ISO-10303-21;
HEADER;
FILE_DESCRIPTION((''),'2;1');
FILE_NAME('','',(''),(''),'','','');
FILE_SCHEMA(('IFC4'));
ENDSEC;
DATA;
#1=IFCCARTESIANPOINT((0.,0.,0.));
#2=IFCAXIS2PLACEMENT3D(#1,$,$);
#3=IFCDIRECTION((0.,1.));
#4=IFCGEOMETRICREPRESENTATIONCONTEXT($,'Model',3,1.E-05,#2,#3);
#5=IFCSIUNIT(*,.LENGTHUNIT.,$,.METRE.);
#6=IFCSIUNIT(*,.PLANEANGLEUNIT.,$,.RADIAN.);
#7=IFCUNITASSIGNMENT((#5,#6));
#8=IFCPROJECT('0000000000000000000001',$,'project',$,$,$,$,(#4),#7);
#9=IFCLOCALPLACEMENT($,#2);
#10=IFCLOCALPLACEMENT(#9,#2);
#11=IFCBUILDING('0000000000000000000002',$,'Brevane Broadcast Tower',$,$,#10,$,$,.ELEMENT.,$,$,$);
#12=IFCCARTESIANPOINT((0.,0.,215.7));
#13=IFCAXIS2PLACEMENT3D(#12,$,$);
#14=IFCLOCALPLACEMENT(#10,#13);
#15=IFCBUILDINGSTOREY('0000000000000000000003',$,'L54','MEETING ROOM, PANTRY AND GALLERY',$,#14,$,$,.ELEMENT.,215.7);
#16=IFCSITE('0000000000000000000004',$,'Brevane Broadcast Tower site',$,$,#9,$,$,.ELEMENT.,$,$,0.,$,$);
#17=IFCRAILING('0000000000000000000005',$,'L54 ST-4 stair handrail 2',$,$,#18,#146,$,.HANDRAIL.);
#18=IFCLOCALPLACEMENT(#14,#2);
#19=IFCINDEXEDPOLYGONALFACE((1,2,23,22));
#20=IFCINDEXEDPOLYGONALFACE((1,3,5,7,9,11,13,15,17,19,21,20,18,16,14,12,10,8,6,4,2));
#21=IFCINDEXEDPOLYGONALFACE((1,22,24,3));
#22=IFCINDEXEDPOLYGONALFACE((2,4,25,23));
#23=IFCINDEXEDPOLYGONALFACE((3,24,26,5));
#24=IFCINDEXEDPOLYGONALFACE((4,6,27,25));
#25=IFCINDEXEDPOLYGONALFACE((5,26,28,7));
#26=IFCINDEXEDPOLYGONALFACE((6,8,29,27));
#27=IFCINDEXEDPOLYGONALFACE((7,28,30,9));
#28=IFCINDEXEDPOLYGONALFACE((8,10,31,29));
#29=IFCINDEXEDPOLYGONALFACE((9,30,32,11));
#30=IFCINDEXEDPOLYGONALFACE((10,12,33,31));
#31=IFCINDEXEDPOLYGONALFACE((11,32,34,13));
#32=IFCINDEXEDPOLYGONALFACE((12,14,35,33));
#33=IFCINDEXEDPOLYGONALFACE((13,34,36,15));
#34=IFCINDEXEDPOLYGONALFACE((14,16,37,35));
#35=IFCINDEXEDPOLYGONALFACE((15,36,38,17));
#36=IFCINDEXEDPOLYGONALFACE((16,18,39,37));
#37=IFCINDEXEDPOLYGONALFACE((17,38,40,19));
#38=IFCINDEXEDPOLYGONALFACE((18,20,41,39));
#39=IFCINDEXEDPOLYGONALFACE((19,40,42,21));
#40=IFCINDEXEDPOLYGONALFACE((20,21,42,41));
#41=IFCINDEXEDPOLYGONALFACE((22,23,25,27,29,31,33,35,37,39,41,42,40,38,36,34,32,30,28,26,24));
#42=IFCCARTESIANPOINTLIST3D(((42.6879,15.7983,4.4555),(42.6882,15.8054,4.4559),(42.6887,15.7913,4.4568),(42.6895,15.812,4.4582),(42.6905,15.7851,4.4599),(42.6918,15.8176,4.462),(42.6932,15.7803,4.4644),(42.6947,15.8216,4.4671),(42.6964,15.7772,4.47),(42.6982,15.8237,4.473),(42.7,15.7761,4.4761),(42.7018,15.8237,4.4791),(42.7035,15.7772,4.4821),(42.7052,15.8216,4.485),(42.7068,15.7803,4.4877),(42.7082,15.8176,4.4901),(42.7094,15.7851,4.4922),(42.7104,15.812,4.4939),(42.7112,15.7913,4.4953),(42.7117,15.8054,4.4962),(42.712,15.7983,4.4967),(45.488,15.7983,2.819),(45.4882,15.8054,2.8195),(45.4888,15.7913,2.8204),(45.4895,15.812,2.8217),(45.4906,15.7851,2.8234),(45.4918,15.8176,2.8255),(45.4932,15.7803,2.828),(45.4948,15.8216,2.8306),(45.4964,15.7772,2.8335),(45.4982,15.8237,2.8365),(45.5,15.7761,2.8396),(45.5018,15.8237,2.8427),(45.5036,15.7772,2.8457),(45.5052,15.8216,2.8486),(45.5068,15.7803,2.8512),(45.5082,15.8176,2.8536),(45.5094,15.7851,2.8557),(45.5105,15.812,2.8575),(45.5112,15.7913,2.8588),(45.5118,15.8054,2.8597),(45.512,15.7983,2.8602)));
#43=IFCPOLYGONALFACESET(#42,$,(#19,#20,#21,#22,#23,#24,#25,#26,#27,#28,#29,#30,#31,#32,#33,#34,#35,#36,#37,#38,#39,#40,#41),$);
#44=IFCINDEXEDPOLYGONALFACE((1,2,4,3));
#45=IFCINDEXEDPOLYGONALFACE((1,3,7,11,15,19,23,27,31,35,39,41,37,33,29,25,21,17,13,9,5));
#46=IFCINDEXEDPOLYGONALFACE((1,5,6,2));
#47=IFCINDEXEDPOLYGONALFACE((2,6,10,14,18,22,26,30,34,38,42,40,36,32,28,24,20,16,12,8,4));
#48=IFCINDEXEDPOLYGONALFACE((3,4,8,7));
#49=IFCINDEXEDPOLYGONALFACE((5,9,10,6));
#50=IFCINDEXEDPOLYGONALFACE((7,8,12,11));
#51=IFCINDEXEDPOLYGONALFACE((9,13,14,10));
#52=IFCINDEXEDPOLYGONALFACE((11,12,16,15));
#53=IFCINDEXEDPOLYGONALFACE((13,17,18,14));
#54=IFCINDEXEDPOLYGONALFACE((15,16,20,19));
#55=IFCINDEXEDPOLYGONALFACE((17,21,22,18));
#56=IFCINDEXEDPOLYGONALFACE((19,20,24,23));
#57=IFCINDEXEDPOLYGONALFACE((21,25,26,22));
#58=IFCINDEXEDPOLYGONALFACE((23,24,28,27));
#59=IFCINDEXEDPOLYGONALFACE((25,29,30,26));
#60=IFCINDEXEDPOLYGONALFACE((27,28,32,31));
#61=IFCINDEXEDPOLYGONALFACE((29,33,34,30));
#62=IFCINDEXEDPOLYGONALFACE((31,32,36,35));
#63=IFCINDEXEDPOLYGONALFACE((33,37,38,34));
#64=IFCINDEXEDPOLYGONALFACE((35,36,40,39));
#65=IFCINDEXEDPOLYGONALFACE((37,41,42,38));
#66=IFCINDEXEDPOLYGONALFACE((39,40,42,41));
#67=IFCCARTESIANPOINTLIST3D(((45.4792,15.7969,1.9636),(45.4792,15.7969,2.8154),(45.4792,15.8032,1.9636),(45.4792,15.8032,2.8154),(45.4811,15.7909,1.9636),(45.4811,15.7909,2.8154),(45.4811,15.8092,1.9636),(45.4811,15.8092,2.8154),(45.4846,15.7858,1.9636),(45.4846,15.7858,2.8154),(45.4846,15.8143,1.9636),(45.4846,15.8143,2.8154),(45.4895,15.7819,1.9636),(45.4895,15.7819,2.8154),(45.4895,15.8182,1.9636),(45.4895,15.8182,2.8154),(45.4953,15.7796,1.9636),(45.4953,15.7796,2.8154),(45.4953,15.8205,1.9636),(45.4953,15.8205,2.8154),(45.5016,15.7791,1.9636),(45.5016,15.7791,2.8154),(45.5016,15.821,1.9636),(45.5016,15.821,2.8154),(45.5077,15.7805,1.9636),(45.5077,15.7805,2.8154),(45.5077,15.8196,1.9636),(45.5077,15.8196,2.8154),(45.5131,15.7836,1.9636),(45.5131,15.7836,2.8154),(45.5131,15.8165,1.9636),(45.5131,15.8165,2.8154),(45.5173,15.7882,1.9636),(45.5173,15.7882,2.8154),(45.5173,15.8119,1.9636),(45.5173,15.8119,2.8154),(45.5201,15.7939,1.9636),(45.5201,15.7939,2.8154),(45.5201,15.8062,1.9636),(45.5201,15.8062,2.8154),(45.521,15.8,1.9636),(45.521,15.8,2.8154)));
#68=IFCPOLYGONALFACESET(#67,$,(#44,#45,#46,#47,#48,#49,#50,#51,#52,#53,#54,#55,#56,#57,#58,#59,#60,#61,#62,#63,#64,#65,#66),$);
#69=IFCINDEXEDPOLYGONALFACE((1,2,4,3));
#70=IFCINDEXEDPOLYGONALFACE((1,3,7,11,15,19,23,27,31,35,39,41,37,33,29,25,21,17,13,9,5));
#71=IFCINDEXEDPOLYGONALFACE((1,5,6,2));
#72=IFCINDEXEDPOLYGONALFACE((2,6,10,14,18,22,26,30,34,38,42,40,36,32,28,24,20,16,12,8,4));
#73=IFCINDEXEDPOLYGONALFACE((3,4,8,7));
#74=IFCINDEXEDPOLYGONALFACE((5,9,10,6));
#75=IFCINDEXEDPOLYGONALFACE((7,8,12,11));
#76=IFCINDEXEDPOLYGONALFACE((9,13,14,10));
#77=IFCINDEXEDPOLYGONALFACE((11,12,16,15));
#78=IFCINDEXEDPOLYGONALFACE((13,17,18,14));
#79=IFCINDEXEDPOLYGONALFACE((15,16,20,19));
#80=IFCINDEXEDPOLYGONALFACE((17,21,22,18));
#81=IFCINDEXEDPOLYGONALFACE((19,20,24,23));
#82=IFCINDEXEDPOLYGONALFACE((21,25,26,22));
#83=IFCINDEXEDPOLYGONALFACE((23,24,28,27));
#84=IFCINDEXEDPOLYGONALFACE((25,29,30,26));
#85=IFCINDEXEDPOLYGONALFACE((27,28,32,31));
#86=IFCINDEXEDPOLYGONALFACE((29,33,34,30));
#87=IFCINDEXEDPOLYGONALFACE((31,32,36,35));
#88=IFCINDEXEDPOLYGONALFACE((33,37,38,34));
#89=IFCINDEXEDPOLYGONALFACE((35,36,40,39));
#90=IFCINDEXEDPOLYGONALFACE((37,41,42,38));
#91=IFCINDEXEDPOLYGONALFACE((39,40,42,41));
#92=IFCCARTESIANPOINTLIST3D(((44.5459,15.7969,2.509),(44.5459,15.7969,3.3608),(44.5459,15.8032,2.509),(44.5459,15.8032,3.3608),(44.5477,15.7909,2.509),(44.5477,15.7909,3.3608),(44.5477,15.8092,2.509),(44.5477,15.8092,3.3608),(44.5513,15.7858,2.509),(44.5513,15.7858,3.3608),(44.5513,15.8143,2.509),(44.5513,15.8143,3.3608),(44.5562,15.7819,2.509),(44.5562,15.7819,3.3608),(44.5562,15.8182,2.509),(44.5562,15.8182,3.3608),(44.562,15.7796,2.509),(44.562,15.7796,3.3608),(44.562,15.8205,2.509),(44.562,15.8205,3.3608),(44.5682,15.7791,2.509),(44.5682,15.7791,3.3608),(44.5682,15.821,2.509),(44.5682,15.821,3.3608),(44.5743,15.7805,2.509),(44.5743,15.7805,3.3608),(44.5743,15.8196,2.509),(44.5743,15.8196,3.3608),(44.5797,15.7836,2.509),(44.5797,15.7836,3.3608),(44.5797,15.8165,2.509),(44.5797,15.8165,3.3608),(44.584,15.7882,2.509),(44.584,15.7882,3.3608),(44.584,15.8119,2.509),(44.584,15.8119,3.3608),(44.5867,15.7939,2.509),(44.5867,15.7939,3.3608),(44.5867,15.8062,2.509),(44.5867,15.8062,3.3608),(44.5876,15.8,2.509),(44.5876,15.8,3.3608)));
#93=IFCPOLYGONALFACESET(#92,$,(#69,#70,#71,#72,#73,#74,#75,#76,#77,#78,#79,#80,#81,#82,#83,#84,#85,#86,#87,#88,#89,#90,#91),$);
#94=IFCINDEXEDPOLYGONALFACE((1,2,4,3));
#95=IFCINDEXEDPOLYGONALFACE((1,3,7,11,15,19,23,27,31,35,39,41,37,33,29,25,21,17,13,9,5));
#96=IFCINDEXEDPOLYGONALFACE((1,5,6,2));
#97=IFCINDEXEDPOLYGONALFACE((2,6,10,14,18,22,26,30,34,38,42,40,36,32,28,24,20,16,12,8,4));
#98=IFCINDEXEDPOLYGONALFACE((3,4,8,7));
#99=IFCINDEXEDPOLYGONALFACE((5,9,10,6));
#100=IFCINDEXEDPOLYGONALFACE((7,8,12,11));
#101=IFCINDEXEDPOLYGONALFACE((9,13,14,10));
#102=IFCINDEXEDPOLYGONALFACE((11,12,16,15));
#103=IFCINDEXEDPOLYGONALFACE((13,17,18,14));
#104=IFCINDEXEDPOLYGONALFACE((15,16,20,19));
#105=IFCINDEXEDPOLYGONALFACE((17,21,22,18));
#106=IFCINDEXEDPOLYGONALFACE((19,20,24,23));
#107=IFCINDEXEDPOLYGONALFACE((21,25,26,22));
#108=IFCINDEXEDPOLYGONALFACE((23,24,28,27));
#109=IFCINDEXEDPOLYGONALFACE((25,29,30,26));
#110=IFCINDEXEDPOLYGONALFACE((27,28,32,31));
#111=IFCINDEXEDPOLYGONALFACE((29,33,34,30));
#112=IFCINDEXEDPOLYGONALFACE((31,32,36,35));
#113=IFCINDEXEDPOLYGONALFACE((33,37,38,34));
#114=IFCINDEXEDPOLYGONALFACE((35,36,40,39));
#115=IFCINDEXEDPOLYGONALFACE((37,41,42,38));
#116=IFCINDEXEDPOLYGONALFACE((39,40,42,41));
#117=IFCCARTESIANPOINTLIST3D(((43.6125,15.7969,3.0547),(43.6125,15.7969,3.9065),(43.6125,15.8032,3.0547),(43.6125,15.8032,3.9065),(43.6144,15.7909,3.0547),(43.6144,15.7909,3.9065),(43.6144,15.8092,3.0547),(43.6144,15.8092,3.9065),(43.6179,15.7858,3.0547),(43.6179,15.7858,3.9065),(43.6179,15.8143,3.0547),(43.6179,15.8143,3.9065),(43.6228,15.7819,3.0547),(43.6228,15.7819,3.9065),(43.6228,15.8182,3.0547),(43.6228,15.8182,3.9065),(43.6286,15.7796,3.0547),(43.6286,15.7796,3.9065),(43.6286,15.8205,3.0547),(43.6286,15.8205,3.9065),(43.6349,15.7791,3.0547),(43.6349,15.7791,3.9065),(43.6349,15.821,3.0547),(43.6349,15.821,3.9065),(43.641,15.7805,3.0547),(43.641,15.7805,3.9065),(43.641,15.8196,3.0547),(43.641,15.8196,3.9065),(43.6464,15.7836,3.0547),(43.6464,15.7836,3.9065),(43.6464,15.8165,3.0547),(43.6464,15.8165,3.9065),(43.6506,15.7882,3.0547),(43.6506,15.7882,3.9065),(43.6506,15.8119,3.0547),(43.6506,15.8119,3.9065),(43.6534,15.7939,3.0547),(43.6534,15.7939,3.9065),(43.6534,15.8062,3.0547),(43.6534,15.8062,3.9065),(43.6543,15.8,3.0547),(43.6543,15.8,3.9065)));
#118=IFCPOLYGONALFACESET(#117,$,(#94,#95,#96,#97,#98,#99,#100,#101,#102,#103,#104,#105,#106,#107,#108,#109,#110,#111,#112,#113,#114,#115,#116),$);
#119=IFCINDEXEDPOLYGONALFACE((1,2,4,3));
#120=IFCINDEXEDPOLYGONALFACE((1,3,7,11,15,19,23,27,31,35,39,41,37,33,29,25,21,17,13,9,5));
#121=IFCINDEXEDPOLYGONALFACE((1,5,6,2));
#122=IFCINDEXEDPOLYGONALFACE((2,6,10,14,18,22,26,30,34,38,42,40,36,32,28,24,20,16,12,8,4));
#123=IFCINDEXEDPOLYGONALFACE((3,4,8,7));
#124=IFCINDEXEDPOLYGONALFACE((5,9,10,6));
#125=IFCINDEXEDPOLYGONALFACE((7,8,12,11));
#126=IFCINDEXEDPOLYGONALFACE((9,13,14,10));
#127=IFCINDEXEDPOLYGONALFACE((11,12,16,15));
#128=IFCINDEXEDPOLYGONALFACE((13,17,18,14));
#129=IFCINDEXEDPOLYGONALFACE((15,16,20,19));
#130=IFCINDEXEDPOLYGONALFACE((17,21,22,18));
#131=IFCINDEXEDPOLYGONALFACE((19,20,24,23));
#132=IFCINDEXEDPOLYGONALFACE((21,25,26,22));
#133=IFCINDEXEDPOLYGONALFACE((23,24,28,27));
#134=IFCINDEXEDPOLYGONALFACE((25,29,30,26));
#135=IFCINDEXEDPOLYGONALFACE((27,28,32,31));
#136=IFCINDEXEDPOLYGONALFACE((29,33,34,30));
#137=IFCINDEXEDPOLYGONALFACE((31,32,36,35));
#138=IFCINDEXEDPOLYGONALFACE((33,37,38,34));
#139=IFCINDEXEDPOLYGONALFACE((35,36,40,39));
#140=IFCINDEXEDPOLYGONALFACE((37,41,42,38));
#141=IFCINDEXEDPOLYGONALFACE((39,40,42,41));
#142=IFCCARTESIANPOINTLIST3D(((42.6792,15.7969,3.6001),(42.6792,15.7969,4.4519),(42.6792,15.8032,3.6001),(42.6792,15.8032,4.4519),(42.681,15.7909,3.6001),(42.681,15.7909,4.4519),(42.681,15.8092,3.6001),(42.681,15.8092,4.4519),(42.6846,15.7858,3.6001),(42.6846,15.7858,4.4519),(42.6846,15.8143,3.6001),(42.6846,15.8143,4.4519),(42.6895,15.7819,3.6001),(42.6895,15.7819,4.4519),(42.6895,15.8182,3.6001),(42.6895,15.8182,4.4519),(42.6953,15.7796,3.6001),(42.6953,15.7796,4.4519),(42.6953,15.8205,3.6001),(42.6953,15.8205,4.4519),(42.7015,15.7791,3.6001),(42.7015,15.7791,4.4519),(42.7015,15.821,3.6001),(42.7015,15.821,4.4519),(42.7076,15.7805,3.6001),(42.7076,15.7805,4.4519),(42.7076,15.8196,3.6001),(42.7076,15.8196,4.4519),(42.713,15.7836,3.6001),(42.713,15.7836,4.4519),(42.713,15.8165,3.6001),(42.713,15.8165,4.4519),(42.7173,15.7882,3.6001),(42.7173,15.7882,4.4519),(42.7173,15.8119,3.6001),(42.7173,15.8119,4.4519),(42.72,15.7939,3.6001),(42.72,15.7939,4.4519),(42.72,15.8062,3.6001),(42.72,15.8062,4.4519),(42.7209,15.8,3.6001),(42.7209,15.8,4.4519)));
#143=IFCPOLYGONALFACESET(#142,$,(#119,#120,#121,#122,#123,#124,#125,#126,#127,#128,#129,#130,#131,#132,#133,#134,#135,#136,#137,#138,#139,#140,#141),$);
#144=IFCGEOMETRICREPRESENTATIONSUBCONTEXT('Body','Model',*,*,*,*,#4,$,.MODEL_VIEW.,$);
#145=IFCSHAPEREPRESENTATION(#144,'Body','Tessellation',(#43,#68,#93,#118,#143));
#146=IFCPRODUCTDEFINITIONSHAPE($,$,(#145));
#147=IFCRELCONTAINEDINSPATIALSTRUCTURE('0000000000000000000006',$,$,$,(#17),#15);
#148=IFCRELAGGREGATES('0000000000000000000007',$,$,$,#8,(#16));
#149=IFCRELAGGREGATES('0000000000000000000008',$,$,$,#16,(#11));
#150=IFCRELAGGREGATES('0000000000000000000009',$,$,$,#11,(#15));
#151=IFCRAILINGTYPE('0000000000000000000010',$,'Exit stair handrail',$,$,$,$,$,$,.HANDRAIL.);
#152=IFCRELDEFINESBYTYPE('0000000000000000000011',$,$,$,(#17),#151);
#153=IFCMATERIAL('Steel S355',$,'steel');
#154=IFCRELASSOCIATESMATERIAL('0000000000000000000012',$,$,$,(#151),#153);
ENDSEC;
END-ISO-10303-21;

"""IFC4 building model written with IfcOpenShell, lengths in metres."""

from ifc_helpers import new_model, si_unit, direction, frame, origin, origin_2d, place, context, subcontext, project, spatial, circle, extrude, material, type_object, element, save


model = new_model("IFC4")

# Units and contexts
model_context = context("Model", 3, precision=1e-05, world=origin(), true_north=direction((0.0, 1.0)))
body_context = subcontext(model_context, "Body", "Model", "MODEL_VIEW")
ifc_project = project(units=[si_unit("LENGTHUNIT", "METRE"), si_unit("PLANEANGLEUNIT", "RADIAN")], contexts=[model_context])

# Site, building, storey
site_placement = place(None, origin())
site = spatial("IfcSite", under=ifc_project, at=site_placement, Name="Brevane Broadcast Tower site", CompositionType="ELEMENT", RefElevation=0.0)
building_placement = place(site_placement, origin())
building = spatial("IfcBuilding", under=site, at=building_placement, Name="Brevane Broadcast Tower", CompositionType="ELEMENT")
storey_placement = place(building_placement, frame((0.0, 0.0, 215.7)))
storey = spatial("IfcBuildingStorey", under=building, at=storey_placement, Name="L54", Description="MEETING ROOM, PANTRY AND GALLERY", CompositionType="ELEMENT", Elevation=215.7)

# Railing
ifc_material_1 = material(Name="Steel S355", Category="steel")
railing_type_1 = type_object("IfcRailingType", Name="Exit stair handrail", PredefinedType="HANDRAIL", material=ifc_material_1)
railing_1_placement = place(storey_placement, frame((45.5, 15.8, 1.9636)))
element("IfcRailing", 1, at=railing_1_placement, inside=storey, type_object=railing_type_1, Name="L54 ST-4 stair handrail 2", PredefinedType="HANDRAIL", context=body_context, shape_type="SweptSolid", body=[
    extrude(circle(Radius=0.0239, at=origin_2d()), frame((0.0, 0.0, 0.876), z_axis=(-0.863361, 0.0, 0.504587), x_axis=(0.0, -1.0, 0.0)), (0.0, 0.0, 1.0), 3.2432),
    extrude(circle(Radius=0.021, at=origin_2d()), origin(), (0.0, 0.0, 1.0), 0.8518),
    extrude(circle(Radius=0.021, at=origin_2d()), frame((-0.9333, 0.0, 0.5454)), (0.0, 0.0, 1.0), 0.8518),
    extrude(circle(Radius=0.021, at=origin_2d()), frame((-1.8667, 0.0, 1.0911)), (0.0, 0.0, 1.0), 0.8518),
    extrude(circle(Radius=0.021, at=origin_2d()), frame((-2.8, 0.0, 1.6365)), (0.0, 0.0, 1.0), 0.8518),
])

save(model, "model.ifc")
